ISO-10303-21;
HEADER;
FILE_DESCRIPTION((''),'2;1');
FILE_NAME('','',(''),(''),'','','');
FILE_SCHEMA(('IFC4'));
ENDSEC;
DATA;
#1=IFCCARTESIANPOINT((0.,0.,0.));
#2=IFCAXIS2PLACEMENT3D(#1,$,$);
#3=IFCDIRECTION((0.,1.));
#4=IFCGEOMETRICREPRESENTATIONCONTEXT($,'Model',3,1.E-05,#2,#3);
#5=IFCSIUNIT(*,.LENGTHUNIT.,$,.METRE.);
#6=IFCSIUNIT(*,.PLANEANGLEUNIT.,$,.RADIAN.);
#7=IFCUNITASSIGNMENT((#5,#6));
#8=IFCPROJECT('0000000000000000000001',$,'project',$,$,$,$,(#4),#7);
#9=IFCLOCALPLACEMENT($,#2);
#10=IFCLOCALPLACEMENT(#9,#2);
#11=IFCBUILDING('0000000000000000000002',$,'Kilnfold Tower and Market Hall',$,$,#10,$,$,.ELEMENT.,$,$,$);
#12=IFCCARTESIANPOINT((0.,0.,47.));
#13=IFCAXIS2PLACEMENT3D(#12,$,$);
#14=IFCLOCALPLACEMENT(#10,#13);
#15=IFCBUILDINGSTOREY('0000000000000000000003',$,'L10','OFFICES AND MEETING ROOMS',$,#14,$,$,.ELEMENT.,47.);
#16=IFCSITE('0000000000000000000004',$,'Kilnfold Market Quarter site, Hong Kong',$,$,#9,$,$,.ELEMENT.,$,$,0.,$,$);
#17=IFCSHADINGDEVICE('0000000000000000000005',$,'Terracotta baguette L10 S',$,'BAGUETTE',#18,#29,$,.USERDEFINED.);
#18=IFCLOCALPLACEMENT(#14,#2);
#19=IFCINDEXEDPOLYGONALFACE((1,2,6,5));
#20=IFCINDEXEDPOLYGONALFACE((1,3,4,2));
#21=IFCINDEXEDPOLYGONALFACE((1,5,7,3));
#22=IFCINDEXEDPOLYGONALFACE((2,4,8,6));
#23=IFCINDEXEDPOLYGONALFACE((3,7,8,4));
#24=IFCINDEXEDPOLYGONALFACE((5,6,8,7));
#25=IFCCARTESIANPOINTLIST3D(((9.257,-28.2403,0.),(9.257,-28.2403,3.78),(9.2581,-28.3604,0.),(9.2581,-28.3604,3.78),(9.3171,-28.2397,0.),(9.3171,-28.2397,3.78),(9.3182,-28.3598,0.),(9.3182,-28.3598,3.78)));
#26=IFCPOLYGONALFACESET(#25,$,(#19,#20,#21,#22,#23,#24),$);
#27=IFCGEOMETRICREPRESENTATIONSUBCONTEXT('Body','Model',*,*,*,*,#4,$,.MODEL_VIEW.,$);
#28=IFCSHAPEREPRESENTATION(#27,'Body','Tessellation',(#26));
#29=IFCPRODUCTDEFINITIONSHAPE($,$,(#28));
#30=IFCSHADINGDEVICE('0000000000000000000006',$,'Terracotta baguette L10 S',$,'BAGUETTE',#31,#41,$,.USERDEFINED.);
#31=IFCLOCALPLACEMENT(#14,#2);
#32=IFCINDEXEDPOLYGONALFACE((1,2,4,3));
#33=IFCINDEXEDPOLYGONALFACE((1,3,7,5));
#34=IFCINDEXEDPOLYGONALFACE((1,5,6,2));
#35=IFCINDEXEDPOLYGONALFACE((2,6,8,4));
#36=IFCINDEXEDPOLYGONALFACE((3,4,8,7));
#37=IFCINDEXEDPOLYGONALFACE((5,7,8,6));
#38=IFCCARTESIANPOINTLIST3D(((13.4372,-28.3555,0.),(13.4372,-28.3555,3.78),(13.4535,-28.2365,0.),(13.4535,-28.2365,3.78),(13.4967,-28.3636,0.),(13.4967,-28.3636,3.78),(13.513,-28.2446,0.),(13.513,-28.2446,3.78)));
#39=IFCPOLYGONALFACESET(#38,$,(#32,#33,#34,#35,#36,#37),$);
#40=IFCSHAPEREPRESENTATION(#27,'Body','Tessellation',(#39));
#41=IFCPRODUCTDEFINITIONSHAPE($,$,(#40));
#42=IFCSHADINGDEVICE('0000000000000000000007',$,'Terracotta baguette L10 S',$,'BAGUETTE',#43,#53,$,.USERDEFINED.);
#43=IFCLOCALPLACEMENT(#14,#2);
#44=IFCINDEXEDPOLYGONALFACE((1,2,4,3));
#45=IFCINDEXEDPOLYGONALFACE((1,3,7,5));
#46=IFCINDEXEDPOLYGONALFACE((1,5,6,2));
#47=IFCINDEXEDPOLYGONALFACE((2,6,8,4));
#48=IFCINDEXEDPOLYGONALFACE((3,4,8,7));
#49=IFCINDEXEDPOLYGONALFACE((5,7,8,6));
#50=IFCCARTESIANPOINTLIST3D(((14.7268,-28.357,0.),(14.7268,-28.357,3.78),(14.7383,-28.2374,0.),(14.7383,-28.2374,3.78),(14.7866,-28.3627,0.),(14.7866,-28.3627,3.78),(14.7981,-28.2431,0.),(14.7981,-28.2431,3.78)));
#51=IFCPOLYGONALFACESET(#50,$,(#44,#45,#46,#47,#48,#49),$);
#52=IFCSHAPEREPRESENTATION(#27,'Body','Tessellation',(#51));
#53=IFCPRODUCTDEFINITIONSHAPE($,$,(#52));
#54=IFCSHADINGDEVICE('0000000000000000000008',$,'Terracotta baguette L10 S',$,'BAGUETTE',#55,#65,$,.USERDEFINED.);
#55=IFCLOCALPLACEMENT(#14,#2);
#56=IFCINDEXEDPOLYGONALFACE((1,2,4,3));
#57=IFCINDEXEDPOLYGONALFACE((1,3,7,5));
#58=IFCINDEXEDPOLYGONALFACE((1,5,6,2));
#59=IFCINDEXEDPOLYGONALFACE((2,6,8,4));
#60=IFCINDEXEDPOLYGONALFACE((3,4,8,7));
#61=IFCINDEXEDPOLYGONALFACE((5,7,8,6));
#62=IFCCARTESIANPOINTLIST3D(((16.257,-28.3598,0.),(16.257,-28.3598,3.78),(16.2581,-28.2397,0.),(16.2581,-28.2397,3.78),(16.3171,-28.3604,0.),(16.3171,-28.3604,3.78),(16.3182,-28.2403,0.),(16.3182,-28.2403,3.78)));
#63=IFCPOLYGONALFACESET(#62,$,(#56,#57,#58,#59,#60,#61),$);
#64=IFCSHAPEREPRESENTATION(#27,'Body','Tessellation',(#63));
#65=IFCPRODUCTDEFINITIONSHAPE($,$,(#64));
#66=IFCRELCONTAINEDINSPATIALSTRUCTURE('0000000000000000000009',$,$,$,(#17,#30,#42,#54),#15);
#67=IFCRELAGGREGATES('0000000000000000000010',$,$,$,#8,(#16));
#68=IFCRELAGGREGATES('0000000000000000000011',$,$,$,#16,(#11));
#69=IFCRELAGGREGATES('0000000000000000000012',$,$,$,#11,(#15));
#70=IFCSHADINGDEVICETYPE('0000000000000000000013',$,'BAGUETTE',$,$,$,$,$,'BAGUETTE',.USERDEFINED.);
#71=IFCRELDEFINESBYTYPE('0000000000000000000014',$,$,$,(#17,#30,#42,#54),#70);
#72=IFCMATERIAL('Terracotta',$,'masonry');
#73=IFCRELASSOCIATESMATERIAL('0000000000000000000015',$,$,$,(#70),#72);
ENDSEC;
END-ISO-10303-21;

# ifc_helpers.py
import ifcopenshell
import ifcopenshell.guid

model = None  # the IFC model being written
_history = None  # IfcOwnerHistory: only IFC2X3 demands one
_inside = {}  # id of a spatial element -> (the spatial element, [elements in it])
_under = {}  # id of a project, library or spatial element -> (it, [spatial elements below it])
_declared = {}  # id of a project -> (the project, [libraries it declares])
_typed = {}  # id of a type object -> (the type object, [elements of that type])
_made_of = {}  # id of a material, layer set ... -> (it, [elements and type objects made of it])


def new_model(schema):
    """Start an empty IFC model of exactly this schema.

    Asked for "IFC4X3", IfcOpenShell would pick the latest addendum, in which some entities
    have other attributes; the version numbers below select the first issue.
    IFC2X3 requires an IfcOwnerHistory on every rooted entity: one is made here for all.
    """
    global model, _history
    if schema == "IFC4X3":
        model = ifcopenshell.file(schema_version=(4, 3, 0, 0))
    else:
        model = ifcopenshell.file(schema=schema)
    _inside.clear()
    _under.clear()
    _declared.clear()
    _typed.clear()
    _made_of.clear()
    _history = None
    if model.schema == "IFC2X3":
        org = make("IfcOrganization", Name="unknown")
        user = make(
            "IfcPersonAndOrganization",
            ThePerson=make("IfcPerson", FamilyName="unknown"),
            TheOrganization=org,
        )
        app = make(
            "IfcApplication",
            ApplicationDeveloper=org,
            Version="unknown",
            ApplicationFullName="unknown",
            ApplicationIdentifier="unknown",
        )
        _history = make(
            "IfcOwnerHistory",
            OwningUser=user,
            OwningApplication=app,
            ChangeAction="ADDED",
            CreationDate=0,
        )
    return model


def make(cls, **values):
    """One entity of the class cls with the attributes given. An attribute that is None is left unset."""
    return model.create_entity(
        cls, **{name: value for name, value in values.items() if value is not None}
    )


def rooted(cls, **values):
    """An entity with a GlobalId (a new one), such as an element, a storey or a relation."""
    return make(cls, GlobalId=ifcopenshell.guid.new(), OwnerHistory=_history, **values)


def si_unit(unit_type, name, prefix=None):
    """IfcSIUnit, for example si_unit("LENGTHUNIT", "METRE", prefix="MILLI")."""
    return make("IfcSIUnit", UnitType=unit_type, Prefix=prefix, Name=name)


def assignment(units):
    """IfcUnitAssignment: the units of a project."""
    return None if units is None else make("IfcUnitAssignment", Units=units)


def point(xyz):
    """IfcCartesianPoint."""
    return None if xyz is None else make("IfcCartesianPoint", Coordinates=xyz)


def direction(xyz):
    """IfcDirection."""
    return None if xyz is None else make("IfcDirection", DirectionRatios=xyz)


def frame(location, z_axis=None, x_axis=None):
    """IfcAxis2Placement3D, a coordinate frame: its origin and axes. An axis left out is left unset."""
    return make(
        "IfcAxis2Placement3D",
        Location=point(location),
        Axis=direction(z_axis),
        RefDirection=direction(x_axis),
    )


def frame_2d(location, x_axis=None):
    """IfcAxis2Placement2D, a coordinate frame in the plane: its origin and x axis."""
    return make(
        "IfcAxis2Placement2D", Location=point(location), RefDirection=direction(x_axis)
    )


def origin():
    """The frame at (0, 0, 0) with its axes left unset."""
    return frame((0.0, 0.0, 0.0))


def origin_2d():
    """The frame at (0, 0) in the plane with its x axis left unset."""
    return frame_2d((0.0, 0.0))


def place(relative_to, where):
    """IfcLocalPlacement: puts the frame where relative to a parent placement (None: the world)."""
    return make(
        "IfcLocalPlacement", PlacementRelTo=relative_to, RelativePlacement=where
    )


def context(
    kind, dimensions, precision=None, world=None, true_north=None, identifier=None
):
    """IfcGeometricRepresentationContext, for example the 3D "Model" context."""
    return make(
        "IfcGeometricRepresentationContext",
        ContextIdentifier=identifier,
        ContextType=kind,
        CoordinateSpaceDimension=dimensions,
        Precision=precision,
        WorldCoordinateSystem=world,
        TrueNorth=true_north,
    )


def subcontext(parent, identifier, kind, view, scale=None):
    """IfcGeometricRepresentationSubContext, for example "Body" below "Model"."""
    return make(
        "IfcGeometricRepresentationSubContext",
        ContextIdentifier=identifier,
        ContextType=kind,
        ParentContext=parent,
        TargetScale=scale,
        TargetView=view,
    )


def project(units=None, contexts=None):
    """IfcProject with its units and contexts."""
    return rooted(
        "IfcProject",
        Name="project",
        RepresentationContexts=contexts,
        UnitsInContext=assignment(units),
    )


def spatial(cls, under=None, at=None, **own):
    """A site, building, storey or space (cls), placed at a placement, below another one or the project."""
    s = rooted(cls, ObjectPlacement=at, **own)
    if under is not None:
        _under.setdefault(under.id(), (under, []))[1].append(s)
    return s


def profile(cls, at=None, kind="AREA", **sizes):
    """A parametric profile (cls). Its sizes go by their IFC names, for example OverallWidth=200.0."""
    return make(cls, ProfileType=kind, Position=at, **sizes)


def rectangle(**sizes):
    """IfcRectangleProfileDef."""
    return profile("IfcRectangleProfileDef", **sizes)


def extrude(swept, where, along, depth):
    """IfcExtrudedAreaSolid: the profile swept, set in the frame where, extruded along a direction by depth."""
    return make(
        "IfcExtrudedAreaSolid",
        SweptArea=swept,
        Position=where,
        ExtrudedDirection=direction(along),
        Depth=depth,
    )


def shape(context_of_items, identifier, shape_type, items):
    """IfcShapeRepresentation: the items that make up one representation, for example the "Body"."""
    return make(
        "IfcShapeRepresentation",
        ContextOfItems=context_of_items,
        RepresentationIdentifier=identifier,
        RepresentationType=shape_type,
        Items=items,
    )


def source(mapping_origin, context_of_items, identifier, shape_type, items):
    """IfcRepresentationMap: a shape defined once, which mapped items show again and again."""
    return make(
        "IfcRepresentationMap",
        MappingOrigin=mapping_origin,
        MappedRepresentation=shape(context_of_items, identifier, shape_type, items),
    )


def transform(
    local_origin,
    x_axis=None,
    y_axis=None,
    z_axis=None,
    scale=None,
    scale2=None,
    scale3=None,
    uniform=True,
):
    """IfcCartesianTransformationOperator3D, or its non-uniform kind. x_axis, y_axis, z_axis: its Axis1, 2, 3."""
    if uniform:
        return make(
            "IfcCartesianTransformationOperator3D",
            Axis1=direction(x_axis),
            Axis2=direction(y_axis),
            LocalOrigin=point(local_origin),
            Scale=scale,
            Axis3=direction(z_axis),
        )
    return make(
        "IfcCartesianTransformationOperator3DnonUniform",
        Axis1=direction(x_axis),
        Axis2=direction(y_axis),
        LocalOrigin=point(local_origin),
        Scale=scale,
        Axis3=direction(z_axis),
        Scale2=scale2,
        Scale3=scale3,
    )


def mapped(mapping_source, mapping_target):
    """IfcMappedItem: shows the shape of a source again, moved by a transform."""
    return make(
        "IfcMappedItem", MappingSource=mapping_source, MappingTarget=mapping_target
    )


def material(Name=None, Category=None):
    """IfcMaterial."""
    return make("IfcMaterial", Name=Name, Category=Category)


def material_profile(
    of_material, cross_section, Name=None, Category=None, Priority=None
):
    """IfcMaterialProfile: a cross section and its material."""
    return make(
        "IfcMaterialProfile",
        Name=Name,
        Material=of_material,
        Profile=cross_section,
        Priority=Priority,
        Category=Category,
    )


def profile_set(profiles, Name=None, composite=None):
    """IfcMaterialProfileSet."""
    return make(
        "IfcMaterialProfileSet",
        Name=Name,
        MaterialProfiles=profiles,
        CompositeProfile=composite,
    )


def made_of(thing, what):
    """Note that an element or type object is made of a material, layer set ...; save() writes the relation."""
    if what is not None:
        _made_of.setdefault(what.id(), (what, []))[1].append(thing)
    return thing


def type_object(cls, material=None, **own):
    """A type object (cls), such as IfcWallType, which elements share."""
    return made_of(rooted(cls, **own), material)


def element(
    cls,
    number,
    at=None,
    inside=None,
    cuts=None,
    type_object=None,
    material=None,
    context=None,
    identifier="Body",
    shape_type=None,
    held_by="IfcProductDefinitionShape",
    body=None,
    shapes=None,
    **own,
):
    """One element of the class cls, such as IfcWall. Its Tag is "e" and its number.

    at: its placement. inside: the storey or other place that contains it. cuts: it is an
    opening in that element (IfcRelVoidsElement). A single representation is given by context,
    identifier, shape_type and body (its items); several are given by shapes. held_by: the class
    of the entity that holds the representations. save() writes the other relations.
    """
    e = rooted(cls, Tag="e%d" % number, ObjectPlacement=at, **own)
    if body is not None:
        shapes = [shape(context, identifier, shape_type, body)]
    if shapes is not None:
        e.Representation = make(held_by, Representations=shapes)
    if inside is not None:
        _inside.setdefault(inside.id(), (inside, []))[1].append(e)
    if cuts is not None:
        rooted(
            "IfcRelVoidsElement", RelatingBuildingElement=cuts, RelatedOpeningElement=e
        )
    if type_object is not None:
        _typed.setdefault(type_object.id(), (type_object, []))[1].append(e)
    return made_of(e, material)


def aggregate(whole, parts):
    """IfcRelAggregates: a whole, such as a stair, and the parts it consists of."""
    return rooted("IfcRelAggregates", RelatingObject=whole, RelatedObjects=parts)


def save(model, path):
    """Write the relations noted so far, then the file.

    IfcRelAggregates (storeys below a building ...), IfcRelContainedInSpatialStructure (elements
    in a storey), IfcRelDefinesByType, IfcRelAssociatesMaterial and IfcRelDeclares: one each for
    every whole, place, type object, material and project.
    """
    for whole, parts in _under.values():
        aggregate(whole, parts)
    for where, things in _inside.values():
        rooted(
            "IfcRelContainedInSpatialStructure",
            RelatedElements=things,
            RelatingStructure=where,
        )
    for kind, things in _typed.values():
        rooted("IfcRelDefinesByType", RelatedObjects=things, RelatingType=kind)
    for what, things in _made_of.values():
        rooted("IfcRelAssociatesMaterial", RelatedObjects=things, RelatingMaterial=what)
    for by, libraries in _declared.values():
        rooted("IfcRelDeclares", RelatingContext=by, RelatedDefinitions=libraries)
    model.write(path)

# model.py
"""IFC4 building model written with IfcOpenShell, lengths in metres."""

from ifc_helpers import new_model, si_unit, direction, frame, origin, origin_2d, place, context, subcontext, project, spatial, rectangle, extrude, source, transform, mapped, material, material_profile, profile_set, type_object, element, save


model = new_model("IFC4")

# Units and contexts
model_context = context("Model", 3, precision=1e-05, world=origin(), true_north=direction((0.0, 1.0)))
body_context = subcontext(model_context, "Body", "Model", "MODEL_VIEW")
ifc_project = project(units=[si_unit("LENGTHUNIT", "METRE"), si_unit("PLANEANGLEUNIT", "RADIAN")], contexts=[model_context])

# Site, building, storey
site_placement = place(None, origin())
site = spatial("IfcSite", under=ifc_project, at=site_placement, Name="Kilnfold Market Quarter site, Hong Kong", CompositionType="ELEMENT", RefElevation=0.0)
building_placement = place(site_placement, origin())
building = spatial("IfcBuilding", under=site, at=building_placement, Name="Kilnfold Tower and Market Hall", CompositionType="ELEMENT")
storey_placement = place(building_placement, frame((0.0, 0.0, 47.0)))
storey = spatial("IfcBuildingStorey", under=building, at=storey_placement, Name="L10", Description="OFFICES AND MEETING ROOMS", CompositionType="ELEMENT", Elevation=47.0)

# Shading devices
ifc_material_1 = material(Name="Terracotta", Category="masonry")
ifc_material_profile_1 = material_profile(ifc_material_1, rectangle(XDim=0.0601, YDim=0.1201, at=origin_2d()), Name="BAG 60x120")
ifc_profile_set_1 = profile_set([ifc_material_profile_1], Name="Terracotta")
shading_device_type = type_object("IfcShadingDeviceType", Name="BAGUETTE", ElementType="BAGUETTE", PredefinedType="USERDEFINED", material=ifc_profile_set_1)
shared_shape_1 = source(origin(), body_context, "Body", "SweptSolid", [
    extrude(rectangle(XDim=0.0601, YDim=0.1201, at=origin_2d()), origin(), (0.0, 0.0, 1.0), 3.78),
])
for number, where, z_axis, x_axis, name in (
    (1, (9.2876, -28.3, 0.0), (0.0, 0.0, 1.0), (0.999957, 0.009299, 0.0), "Terracotta baguette L10 S"),
    (2, (13.4751, -28.3, 0.0), (0.0, 0.0, 1.0), (0.990826, -0.135147, 0.0), "Terracotta baguette L10 S"),
    (3, (14.7625, -28.3, 0.0), (0.0, 0.0, 1.0), (0.995464, -0.095139, 0.0), "Terracotta baguette L10 S"),
    (4, (16.2876, -28.3, 0.0), (0.0, 0.0, 1.0), (0.999957, -0.009299, 0.0), "Terracotta baguette L10 S"),
):
    element("IfcShadingDevice", number, at=place(storey_placement, frame(where, z_axis=z_axis, x_axis=x_axis)), inside=storey, type_object=shading_device_type, Name=name, ObjectType="BAGUETTE", PredefinedType="USERDEFINED", context=body_context, shape_type="MappedRepresentation", body=[
        mapped(shared_shape_1, transform((0.0, 0.0, 0.0))),
    ])

save(model, "model.ifc")
